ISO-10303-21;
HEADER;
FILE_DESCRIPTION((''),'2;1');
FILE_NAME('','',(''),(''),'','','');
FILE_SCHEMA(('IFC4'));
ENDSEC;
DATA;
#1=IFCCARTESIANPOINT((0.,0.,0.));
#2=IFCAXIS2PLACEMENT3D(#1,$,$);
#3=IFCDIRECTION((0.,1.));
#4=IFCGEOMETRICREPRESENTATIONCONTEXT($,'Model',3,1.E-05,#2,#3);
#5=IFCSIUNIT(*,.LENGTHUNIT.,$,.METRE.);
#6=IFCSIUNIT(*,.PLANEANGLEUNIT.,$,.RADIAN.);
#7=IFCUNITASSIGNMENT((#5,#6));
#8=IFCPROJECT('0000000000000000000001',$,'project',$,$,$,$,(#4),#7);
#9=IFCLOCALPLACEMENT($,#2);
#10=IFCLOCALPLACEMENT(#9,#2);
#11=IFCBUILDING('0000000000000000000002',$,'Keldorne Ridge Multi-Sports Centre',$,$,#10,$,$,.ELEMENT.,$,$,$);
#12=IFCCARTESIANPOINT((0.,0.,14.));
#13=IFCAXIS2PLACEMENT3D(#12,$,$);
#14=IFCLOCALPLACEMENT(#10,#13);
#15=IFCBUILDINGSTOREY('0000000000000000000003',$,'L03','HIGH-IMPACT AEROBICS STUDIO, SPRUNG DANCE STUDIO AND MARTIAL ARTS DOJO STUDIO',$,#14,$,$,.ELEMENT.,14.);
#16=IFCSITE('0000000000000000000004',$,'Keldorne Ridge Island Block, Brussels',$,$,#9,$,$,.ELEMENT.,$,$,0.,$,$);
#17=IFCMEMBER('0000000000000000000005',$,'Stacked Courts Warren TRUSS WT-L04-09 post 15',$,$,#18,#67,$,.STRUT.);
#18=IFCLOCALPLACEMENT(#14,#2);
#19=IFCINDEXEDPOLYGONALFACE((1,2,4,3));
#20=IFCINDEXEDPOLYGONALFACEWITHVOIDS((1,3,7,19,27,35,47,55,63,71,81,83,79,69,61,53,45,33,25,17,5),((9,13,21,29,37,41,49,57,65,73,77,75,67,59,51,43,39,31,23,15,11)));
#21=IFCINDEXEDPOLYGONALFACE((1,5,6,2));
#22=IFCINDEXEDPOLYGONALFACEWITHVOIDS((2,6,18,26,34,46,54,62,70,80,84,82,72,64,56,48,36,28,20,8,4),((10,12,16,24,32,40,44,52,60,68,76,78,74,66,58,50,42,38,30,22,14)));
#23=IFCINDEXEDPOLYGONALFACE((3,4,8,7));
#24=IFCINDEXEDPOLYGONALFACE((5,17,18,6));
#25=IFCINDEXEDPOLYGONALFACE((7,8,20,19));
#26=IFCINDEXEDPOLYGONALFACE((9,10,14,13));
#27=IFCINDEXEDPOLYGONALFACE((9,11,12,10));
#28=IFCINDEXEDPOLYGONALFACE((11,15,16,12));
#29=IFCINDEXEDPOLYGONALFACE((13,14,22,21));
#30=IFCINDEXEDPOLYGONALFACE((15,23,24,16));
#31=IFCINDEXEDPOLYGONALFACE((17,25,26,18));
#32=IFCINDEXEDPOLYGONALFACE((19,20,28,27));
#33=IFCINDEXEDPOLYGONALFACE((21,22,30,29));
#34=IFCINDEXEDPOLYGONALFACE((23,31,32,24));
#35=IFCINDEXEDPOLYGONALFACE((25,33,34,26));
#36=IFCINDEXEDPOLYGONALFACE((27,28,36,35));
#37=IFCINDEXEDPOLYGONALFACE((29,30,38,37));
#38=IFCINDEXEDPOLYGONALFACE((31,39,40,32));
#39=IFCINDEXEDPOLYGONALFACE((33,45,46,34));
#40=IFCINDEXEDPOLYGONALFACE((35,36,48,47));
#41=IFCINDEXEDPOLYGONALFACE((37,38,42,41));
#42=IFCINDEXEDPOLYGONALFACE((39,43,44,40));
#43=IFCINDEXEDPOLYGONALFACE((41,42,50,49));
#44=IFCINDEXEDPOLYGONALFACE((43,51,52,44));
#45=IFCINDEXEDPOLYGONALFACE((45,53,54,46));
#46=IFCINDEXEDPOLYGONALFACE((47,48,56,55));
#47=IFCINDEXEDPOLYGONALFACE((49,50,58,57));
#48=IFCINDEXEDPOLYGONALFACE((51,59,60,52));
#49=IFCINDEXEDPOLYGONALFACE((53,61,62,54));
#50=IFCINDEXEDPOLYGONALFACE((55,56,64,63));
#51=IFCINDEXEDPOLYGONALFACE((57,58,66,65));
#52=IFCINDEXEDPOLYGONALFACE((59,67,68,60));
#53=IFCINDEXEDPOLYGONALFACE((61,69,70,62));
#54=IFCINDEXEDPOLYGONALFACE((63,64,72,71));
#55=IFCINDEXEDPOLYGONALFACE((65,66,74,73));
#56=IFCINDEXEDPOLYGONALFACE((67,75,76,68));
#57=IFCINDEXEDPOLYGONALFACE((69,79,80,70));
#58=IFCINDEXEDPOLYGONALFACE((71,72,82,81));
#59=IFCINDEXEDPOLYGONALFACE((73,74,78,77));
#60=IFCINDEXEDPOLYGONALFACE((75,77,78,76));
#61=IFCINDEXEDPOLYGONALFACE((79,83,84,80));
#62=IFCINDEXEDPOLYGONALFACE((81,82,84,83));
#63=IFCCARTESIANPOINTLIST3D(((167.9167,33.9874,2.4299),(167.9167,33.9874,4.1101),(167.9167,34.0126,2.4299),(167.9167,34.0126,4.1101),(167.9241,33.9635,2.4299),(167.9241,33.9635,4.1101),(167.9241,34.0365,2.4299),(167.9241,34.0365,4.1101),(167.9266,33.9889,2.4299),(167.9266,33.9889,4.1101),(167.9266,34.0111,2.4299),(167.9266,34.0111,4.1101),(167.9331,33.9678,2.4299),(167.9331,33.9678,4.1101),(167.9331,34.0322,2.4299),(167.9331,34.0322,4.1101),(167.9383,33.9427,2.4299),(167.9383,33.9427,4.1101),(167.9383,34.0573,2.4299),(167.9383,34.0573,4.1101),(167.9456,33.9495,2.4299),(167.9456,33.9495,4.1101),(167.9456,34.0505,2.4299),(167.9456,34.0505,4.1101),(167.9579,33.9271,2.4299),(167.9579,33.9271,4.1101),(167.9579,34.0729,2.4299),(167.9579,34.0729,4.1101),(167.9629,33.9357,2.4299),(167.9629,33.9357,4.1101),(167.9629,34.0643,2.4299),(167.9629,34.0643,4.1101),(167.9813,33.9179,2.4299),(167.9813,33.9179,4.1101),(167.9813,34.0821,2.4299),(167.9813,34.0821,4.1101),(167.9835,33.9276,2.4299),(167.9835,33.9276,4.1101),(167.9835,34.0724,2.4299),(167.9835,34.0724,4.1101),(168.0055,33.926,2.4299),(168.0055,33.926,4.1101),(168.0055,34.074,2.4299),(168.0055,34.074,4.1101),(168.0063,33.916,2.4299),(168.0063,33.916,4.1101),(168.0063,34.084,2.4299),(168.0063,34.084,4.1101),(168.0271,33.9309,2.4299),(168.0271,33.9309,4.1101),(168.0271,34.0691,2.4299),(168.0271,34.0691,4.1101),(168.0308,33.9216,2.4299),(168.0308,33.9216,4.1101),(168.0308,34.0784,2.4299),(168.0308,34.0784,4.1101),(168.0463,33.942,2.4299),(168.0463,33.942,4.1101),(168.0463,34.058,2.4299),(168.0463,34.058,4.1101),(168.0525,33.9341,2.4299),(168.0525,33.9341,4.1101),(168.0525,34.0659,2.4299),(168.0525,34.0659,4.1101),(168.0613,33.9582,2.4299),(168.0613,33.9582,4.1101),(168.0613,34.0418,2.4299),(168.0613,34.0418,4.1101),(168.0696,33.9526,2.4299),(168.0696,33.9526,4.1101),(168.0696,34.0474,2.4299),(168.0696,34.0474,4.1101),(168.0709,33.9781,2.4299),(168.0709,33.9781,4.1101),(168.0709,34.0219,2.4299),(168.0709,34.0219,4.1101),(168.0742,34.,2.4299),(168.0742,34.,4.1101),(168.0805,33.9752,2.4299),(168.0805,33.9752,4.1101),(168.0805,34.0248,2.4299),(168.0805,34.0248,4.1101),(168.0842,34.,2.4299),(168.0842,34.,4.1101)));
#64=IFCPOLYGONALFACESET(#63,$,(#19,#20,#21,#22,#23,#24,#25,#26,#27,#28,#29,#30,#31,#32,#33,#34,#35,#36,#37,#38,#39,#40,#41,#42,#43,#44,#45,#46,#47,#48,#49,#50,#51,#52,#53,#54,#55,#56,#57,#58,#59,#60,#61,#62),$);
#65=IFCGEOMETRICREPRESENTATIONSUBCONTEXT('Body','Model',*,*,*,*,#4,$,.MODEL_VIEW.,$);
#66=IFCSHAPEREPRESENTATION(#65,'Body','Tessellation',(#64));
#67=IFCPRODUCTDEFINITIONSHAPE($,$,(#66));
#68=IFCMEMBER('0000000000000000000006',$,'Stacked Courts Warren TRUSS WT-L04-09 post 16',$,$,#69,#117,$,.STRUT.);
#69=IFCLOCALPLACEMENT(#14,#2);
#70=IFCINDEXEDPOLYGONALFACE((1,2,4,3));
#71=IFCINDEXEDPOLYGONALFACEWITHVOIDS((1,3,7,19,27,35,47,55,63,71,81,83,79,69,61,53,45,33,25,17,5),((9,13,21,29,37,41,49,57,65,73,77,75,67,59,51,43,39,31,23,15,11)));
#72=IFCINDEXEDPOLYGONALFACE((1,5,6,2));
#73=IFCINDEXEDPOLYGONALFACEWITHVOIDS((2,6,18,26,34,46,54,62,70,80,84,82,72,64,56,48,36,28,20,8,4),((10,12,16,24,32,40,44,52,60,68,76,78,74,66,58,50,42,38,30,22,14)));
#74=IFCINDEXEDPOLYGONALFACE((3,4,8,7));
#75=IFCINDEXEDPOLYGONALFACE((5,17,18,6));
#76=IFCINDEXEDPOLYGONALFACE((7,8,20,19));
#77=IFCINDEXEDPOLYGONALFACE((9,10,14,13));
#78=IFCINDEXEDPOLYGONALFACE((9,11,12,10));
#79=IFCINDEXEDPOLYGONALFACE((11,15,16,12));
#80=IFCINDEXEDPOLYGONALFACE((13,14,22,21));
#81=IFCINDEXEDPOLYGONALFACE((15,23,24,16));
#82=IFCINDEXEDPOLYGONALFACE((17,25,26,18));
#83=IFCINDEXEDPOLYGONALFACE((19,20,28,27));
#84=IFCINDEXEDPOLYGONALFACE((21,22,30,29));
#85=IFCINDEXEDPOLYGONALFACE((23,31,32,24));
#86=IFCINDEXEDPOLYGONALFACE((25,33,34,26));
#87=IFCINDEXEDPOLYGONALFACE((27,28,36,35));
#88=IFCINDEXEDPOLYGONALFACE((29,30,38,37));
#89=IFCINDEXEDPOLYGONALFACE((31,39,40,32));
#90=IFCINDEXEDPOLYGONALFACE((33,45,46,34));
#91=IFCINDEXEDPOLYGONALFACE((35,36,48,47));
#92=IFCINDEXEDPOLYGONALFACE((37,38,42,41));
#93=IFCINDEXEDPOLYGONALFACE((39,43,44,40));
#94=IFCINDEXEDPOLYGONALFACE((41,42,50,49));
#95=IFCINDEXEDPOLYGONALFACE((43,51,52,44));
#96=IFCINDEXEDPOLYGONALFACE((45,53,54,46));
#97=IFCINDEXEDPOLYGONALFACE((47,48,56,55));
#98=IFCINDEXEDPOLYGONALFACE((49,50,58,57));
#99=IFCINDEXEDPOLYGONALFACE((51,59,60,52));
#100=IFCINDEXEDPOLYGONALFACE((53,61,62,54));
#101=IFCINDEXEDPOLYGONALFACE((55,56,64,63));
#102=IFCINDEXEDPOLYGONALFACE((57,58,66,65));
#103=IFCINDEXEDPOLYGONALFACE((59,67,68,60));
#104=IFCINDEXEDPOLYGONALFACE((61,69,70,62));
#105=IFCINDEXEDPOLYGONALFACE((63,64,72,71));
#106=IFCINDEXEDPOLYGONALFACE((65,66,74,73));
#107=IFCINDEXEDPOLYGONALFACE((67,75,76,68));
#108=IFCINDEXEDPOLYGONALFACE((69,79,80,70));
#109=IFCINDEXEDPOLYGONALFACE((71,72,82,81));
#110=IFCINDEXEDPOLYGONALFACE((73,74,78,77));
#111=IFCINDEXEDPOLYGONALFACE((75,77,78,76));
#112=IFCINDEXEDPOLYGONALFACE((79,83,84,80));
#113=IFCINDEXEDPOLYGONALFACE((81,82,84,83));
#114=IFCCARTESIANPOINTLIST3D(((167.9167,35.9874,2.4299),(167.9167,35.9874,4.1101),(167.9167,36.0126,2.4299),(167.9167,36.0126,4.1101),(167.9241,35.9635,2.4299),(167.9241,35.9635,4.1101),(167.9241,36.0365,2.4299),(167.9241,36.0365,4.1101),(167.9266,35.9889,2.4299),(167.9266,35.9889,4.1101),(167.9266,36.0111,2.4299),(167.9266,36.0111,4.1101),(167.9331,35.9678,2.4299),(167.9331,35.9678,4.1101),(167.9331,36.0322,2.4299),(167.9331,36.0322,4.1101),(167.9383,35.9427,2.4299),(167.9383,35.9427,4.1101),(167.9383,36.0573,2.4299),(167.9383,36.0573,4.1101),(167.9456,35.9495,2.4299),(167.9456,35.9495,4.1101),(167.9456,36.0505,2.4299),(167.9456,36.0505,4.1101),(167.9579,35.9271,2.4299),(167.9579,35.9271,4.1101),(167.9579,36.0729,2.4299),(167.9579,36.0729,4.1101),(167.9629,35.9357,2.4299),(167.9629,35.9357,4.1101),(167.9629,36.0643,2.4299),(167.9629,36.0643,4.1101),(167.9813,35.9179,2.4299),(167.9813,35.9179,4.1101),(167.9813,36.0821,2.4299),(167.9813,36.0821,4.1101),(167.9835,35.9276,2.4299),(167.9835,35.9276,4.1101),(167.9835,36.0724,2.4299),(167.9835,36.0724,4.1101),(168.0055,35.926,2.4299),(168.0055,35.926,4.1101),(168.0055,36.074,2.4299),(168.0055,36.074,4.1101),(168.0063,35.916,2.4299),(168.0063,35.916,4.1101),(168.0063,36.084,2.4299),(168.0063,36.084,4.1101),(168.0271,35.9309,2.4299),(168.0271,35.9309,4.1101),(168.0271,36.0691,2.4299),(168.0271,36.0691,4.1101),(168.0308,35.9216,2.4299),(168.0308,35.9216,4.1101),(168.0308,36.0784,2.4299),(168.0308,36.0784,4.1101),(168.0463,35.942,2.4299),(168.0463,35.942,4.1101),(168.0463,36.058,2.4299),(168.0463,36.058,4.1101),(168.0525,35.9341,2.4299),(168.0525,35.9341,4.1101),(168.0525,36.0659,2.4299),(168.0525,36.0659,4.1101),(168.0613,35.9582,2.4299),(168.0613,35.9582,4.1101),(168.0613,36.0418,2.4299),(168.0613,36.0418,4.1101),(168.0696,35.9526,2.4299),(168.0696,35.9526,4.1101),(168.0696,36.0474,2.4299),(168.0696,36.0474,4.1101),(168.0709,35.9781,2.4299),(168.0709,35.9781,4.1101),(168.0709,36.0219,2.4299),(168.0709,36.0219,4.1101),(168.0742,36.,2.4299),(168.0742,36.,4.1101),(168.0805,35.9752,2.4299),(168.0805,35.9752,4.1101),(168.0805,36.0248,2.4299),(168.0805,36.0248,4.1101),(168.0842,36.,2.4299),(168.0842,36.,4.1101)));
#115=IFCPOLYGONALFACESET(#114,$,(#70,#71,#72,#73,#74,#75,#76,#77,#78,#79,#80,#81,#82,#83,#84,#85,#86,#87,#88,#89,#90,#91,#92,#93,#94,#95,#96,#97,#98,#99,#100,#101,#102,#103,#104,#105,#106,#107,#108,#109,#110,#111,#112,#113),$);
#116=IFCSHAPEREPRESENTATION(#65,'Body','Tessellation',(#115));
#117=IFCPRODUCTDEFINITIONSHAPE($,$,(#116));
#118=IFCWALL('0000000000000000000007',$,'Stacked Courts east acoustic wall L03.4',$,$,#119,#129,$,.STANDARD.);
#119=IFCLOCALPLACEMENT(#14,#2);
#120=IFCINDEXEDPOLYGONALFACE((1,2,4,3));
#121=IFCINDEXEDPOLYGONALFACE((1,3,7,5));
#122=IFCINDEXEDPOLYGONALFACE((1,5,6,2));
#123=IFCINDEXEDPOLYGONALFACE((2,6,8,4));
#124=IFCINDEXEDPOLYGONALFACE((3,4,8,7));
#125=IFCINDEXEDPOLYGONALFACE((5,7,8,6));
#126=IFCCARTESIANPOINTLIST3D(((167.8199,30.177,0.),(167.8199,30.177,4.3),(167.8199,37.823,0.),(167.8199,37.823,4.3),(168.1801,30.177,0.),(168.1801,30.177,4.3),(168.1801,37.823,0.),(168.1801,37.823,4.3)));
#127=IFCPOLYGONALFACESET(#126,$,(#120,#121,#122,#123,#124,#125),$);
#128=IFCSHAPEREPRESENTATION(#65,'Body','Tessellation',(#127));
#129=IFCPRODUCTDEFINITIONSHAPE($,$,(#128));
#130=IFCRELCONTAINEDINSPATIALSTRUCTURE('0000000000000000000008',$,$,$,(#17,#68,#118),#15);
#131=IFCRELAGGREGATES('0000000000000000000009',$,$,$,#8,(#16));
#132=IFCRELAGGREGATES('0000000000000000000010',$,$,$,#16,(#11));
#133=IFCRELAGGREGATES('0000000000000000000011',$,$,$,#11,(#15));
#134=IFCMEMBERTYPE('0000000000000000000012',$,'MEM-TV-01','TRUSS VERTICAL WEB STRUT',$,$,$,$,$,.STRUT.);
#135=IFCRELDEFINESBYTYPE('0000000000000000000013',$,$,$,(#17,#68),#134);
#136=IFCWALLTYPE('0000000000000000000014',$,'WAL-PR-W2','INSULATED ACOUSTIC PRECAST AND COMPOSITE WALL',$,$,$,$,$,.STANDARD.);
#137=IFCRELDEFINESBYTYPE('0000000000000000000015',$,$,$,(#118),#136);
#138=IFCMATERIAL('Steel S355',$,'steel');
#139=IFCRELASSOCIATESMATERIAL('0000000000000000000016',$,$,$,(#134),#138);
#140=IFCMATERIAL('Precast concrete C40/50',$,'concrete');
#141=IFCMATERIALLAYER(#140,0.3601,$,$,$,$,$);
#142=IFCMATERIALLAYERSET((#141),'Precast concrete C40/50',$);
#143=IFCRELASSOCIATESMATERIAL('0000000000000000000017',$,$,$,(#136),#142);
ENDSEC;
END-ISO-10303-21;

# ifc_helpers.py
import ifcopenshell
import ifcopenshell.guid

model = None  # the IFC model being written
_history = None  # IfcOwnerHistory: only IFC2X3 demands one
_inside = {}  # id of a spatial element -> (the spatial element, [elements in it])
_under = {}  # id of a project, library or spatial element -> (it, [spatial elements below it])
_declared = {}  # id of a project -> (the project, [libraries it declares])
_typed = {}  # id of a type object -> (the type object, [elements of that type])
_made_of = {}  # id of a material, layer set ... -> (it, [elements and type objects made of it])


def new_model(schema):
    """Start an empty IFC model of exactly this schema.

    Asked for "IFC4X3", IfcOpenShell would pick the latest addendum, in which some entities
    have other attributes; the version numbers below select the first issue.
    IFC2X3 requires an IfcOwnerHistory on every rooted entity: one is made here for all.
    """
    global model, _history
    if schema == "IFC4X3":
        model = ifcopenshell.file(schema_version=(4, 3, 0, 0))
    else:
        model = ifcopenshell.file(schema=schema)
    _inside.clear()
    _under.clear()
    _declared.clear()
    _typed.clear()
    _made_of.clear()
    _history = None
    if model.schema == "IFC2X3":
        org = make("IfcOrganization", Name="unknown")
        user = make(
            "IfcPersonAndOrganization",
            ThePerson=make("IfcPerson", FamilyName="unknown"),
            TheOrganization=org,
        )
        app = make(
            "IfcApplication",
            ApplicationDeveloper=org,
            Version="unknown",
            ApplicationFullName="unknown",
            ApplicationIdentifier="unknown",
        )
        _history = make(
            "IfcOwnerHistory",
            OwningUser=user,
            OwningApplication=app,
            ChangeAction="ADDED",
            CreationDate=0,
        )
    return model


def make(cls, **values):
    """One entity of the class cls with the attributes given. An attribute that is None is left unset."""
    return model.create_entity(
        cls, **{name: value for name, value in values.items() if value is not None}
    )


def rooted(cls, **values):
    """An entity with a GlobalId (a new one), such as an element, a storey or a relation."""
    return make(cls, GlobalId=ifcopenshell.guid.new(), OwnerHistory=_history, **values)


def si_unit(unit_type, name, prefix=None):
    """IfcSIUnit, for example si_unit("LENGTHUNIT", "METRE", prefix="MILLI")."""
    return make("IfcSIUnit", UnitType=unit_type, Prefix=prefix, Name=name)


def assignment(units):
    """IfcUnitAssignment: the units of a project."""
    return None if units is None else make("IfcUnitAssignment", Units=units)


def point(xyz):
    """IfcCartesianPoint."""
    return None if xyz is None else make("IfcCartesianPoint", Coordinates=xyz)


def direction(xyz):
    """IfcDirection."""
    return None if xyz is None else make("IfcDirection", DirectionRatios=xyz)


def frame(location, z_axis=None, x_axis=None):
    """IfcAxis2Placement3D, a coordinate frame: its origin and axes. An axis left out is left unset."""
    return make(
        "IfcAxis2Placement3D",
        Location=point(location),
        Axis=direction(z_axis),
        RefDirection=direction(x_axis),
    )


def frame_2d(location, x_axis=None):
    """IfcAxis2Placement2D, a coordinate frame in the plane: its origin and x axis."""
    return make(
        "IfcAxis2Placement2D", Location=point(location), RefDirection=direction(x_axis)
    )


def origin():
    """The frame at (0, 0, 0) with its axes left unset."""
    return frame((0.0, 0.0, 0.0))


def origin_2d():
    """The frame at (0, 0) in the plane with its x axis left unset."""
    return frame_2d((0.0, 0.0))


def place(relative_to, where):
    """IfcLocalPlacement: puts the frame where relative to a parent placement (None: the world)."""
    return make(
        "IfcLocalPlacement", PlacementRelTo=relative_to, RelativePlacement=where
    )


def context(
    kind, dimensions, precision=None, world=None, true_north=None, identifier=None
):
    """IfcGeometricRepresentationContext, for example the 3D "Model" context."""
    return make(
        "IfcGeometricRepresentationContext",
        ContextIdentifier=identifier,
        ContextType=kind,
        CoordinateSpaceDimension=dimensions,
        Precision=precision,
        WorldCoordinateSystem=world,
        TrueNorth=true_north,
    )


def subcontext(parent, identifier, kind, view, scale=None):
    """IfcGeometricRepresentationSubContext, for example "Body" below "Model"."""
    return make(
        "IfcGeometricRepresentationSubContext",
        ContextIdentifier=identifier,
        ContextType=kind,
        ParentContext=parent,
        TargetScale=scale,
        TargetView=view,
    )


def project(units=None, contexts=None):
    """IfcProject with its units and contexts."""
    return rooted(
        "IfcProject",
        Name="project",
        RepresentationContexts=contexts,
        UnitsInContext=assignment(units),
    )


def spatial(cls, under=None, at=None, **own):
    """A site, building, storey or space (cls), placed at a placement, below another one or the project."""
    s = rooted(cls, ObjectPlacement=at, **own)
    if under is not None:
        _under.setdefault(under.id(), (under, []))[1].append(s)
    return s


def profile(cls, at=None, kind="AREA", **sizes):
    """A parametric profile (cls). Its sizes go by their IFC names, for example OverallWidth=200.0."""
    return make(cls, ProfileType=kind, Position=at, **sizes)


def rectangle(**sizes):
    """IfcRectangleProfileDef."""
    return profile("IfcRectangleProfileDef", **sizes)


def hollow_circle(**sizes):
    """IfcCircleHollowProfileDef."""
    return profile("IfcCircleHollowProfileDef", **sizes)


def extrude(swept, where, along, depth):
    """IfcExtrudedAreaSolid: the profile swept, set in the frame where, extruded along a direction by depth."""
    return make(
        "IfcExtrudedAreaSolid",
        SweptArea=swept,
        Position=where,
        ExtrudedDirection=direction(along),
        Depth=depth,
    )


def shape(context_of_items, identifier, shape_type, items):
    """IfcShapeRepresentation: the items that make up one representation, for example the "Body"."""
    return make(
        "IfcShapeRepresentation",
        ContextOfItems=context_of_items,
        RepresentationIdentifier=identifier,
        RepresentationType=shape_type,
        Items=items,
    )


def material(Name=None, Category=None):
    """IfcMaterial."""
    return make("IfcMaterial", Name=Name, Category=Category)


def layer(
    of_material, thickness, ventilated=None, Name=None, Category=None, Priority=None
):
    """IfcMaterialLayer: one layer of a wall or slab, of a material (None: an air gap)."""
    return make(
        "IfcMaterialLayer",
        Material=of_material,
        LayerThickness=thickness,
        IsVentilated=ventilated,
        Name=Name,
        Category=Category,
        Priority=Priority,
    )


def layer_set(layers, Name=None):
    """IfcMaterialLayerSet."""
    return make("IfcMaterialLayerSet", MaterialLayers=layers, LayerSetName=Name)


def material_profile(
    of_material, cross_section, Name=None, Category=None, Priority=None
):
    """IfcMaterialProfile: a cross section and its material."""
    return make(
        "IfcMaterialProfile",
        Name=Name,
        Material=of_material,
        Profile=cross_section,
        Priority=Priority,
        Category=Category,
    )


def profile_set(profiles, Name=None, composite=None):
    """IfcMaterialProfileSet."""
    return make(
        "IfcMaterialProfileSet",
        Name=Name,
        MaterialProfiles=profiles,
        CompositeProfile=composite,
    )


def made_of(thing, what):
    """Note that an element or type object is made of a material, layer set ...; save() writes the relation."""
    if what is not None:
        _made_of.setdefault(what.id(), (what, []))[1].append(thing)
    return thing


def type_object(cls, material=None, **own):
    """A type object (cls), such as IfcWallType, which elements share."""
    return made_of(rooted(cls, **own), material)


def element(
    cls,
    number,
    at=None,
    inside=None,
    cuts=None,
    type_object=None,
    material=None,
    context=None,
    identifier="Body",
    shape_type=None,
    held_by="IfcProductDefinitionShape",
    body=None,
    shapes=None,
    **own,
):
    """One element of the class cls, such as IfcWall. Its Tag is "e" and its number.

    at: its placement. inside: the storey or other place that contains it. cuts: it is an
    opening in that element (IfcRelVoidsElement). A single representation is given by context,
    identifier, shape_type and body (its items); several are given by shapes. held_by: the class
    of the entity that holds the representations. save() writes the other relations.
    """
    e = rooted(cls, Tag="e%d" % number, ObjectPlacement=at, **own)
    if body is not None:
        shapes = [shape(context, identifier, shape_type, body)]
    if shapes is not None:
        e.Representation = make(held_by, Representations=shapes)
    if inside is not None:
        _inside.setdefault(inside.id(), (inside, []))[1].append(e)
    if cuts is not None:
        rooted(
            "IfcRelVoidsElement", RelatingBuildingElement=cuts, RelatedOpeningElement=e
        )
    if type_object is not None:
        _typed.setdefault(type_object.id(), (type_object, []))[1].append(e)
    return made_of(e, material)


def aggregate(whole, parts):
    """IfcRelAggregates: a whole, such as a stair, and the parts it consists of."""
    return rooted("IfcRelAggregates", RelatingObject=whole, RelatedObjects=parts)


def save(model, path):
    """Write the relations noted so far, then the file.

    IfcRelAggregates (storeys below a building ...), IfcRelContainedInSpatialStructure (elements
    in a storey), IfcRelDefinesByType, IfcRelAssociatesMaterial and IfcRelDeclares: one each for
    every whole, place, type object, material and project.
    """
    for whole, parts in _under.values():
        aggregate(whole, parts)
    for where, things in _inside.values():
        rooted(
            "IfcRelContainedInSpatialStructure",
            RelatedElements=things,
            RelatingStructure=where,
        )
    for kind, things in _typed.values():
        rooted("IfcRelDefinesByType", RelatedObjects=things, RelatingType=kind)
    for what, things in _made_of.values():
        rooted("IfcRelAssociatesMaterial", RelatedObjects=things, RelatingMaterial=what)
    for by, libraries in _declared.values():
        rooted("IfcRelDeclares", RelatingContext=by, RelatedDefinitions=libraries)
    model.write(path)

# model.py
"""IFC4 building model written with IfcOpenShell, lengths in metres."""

from ifc_helpers import new_model, si_unit, direction, frame, frame_2d, origin, origin_2d, place, context, subcontext, project, spatial, rectangle, hollow_circle, extrude, material, layer, layer_set, material_profile, profile_set, type_object, element, save


model = new_model("IFC4")

# Units and contexts
model_context = context("Model", 3, precision=1e-05, world=origin(), true_north=direction((0.0, 1.0)))
body_context = subcontext(model_context, "Body", "Model", "MODEL_VIEW")
ifc_project = project(units=[si_unit("LENGTHUNIT", "METRE"), si_unit("PLANEANGLEUNIT", "RADIAN")], contexts=[model_context])

# Site, building, storey
site_placement = place(None, origin())
site = spatial("IfcSite", under=ifc_project, at=site_placement, Name="Keldorne Ridge Island Block, Brussels", CompositionType="ELEMENT", RefElevation=0.0)
building_placement = place(site_placement, origin())
building = spatial("IfcBuilding", under=site, at=building_placement, Name="Keldorne Ridge Multi-Sports Centre", CompositionType="ELEMENT")
storey_placement = place(building_placement, frame((0.0, 0.0, 14.0)))
storey = spatial("IfcBuildingStorey", under=building, at=storey_placement, Name="L03", Description="HIGH-IMPACT AEROBICS STUDIO, SPRUNG DANCE STUDIO AND MARTIAL ARTS DOJO STUDIO", CompositionType="ELEMENT", Elevation=14.0)

# Shared definitions
ifc_material_1 = material(Name="Steel S355", Category="steel")

# Members
ifc_material_profile_1 = material_profile(ifc_material_1, hollow_circle(Radius=0.0842, WallThickness=0.01, at=origin_2d()), Name="CHS 168.3x10")
ifc_profile_set_1 = profile_set([ifc_material_profile_1], Name="Steel S355")
member_type_1 = type_object("IfcMemberType", Name="MEM-TV-01", Description="TRUSS VERTICAL WEB STRUT", PredefinedType="STRUT", material=ifc_profile_set_1)
for number, where, z_axis, x_axis, name in (
    (1, (168.0, 34.0, 2.4299), (0.0, 0.0, 1.0), (1.0, 0.0, 0.0), "Stacked Courts Warren TRUSS WT-L04-09 post 15"),
    (2, (168.0, 36.0, 2.4299), (0.0, 0.0, 1.0), (1.0, 0.0, 0.0), "Stacked Courts Warren TRUSS WT-L04-09 post 16"),
):
    element("IfcMember", number, at=place(storey_placement, frame(where, z_axis=z_axis, x_axis=x_axis)), inside=storey, type_object=member_type_1, Name=name, PredefinedType="STRUT", context=body_context, shape_type="SweptSolid", body=[
        extrude(hollow_circle(Radius=0.0842, WallThickness=0.01, at=origin_2d()), origin(), (0.0, 0.0, 1.0), 1.6802),
    ])

# Wall
ifc_material_2 = material(Name="Precast concrete C40/50", Category="concrete")
ifc_layer = layer(ifc_material_2, 0.3601)
ifc_layer_set = layer_set([ifc_layer], Name="Precast concrete C40/50")
wall_type = type_object("IfcWallType", Name="WAL-PR-W2", Description="INSULATED ACOUSTIC PRECAST AND COMPOSITE WALL", PredefinedType="STANDARD", material=ifc_layer_set)
wall_placement = place(storey_placement, frame((168.0, 30.177, 0.0), z_axis=(0.0, 0.0, 1.0), x_axis=(0.0, 1.0, 0.0)))
element("IfcWall", 3, at=wall_placement, inside=storey, type_object=wall_type, Name="Stacked Courts east acoustic wall L03.4", PredefinedType="STANDARD", context=body_context, shape_type="SweptSolid", body=[
    extrude(rectangle(XDim=7.646, YDim=0.3601, at=frame_2d((3.823, 0.0))), origin(), (0.0, 0.0, 1.0), 4.3),
])

save(model, "model.ifc")
